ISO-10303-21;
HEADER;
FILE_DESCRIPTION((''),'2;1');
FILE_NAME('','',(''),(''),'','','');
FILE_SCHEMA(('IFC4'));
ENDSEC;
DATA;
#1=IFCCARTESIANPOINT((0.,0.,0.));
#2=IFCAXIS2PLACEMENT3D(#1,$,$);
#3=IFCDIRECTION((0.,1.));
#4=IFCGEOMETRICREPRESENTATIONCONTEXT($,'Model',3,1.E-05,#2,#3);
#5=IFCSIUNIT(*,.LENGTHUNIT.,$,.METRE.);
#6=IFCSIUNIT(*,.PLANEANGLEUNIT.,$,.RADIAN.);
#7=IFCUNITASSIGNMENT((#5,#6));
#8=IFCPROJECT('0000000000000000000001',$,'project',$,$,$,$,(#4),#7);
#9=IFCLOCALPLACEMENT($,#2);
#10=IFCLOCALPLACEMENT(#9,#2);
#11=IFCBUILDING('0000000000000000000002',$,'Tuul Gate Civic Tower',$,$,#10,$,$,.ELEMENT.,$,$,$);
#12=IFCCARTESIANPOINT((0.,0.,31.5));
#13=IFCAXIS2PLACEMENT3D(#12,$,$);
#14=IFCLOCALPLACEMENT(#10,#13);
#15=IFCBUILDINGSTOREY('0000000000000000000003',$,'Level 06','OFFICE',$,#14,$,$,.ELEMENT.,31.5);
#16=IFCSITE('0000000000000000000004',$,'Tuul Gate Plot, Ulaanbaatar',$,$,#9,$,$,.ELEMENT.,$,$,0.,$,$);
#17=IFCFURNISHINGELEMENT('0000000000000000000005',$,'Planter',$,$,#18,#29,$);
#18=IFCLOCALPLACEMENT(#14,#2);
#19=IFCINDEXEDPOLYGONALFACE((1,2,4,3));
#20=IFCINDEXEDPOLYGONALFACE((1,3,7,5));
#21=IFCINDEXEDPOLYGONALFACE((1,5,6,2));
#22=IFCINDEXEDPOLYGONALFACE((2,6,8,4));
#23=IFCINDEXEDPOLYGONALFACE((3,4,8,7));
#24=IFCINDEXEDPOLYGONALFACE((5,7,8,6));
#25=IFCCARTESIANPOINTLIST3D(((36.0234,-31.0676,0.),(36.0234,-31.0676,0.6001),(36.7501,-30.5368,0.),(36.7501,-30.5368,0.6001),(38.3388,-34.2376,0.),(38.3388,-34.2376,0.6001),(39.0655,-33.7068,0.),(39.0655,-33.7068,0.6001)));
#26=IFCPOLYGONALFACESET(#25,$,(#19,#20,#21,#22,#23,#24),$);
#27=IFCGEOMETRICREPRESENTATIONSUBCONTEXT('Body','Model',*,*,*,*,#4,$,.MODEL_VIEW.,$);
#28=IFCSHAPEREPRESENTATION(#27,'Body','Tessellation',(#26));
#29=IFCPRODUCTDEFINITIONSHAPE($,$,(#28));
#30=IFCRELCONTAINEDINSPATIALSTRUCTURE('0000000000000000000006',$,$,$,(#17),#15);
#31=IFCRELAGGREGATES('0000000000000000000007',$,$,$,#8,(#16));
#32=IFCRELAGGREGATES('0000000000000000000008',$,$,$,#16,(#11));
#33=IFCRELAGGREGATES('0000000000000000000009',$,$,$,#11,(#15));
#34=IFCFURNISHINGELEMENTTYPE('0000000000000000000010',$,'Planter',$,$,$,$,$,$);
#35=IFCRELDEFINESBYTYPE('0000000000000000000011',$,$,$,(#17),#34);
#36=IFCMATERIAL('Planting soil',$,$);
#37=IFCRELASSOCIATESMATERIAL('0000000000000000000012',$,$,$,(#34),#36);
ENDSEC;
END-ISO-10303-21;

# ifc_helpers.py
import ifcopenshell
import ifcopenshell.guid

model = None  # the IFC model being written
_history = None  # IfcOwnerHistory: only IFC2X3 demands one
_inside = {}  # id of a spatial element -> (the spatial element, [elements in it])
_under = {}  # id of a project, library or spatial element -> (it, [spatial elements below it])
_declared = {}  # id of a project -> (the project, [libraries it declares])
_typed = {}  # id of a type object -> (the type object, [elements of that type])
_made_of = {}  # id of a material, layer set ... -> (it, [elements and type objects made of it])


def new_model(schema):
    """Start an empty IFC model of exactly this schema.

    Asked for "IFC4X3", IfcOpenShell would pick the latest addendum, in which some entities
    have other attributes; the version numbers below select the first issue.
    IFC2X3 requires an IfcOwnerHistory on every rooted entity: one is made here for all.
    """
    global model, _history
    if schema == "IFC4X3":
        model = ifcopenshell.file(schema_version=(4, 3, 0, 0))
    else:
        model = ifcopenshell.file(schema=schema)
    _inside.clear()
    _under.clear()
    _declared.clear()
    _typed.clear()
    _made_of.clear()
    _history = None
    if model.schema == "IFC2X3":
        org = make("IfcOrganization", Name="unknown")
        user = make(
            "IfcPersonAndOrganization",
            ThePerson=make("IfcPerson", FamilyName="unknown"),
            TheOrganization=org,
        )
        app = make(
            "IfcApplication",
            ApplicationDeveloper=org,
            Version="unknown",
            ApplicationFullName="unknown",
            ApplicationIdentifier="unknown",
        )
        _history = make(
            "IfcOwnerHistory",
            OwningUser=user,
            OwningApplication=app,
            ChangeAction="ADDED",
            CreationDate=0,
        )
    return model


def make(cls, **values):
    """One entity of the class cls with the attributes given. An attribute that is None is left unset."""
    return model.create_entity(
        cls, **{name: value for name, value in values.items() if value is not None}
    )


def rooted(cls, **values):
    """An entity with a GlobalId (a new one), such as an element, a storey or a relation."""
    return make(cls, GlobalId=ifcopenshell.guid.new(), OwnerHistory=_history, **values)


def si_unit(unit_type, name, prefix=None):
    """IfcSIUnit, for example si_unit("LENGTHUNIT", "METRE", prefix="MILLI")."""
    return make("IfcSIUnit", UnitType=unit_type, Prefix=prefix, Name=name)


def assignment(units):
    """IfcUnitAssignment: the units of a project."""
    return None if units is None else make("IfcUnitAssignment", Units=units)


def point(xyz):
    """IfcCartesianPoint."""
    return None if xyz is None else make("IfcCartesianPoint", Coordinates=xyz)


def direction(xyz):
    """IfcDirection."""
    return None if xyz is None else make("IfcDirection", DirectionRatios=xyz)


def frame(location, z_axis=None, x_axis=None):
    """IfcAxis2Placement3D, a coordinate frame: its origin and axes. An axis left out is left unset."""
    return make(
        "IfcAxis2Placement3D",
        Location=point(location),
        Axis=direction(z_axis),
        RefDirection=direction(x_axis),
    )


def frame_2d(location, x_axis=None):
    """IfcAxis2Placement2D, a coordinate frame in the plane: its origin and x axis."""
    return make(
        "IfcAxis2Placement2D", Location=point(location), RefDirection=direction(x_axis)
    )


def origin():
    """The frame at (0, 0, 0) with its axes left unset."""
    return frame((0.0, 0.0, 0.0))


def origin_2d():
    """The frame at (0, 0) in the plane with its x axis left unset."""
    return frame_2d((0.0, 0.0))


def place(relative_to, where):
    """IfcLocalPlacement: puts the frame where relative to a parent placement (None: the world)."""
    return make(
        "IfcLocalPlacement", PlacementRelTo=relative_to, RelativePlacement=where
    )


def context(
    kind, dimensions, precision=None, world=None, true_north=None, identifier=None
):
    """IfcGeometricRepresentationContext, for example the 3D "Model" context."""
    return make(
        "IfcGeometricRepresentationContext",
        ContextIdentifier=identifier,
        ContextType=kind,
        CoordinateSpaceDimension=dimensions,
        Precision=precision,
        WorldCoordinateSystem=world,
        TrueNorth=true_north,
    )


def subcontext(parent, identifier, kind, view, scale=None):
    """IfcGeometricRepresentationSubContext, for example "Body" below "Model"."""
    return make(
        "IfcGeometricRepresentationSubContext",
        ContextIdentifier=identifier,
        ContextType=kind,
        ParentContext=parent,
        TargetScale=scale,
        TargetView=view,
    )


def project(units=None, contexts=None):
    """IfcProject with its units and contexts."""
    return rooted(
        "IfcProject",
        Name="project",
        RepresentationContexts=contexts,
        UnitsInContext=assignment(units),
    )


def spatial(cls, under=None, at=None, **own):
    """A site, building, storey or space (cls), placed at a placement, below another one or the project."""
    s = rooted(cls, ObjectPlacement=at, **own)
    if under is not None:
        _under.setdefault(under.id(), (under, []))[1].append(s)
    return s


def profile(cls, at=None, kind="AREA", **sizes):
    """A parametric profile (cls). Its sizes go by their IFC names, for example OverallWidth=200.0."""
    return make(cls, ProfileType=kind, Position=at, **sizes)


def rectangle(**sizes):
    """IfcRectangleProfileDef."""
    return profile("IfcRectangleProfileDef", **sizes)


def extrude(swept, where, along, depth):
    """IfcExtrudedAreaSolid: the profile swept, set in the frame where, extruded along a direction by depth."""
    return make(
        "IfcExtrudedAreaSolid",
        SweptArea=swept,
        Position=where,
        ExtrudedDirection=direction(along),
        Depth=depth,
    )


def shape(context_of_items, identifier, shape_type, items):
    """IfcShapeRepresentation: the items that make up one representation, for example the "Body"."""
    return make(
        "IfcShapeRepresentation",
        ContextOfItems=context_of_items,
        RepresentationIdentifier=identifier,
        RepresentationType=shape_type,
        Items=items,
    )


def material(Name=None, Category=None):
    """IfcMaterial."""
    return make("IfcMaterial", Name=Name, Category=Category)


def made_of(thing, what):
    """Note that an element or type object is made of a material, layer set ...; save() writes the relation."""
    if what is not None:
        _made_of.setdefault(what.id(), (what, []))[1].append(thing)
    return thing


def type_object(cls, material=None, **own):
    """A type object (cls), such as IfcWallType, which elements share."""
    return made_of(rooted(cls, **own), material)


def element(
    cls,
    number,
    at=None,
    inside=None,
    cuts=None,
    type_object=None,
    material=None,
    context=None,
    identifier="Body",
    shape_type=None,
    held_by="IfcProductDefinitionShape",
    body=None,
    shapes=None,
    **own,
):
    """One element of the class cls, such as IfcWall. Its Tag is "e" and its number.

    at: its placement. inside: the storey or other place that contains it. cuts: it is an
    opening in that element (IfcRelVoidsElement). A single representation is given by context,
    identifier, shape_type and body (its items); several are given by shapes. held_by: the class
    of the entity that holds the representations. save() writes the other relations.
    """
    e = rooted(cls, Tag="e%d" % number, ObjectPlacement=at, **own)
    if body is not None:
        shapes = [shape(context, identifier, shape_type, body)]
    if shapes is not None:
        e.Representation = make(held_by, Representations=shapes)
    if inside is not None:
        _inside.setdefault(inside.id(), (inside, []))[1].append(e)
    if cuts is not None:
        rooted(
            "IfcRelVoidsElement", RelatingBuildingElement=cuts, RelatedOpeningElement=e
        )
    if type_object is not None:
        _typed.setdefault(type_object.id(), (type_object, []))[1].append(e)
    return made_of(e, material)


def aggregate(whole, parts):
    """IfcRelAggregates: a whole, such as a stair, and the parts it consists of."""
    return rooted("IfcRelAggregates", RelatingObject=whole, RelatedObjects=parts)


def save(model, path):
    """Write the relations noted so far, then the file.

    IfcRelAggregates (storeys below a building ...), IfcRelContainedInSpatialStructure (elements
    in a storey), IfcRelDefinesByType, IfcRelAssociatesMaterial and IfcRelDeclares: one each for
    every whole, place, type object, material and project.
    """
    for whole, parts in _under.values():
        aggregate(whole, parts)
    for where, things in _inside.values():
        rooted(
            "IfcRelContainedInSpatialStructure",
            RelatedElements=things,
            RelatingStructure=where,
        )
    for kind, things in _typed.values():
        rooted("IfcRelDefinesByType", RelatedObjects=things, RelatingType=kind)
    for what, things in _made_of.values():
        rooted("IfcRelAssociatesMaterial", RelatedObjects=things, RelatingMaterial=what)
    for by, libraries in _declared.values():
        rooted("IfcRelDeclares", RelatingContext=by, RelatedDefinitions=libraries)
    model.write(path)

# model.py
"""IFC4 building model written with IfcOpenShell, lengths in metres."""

from ifc_helpers import new_model, si_unit, direction, frame, origin, origin_2d, place, context, subcontext, project, spatial, rectangle, extrude, material, type_object, element, save


model = new_model("IFC4")

# Units and contexts
model_context = context("Model", 3, precision=1e-05, world=origin(), true_north=direction((0.0, 1.0)))
body_context = subcontext(model_context, "Body", "Model", "MODEL_VIEW")
ifc_project = project(units=[si_unit("LENGTHUNIT", "METRE"), si_unit("PLANEANGLEUNIT", "RADIAN")], contexts=[model_context])

# Site, building, storey
site_placement = place(None, origin())
site = spatial("IfcSite", under=ifc_project, at=site_placement, Name="Tuul Gate Plot, Ulaanbaatar", CompositionType="ELEMENT", RefElevation=0.0)
building_placement = place(site_placement, origin())
building = spatial("IfcBuilding", under=site, at=building_placement, Name="Tuul Gate Civic Tower", CompositionType="ELEMENT")
storey_placement = place(building_placement, frame((0.0, 0.0, 31.5)))
storey = spatial("IfcBuildingStorey", under=building, at=storey_placement, Name="Level 06", Description="OFFICE", CompositionType="ELEMENT", Elevation=31.5)

# Furnishing element
ifc_material_1 = material(Name="Planting soil")
furnishing_element_type = type_object("IfcFurnishingElementType", Name="Planter", material=ifc_material_1)
furnishing_1_placement = place(storey_placement, frame((37.5444, -32.3872, 0.0), z_axis=(0.0, 0.0, 1.0), x_axis=(0.589834, -0.807524, 0.0)))
element("IfcFurnishingElement", 1, at=furnishing_1_placement, inside=storey, type_object=furnishing_element_type, Name="Planter", context=body_context, shape_type="SweptSolid", body=[
    extrude(rectangle(XDim=3.9255, YDim=0.8999, at=origin_2d()), origin(), (0.0, 0.0, 1.0), 0.6001),
])

save(model, "model.ifc")
